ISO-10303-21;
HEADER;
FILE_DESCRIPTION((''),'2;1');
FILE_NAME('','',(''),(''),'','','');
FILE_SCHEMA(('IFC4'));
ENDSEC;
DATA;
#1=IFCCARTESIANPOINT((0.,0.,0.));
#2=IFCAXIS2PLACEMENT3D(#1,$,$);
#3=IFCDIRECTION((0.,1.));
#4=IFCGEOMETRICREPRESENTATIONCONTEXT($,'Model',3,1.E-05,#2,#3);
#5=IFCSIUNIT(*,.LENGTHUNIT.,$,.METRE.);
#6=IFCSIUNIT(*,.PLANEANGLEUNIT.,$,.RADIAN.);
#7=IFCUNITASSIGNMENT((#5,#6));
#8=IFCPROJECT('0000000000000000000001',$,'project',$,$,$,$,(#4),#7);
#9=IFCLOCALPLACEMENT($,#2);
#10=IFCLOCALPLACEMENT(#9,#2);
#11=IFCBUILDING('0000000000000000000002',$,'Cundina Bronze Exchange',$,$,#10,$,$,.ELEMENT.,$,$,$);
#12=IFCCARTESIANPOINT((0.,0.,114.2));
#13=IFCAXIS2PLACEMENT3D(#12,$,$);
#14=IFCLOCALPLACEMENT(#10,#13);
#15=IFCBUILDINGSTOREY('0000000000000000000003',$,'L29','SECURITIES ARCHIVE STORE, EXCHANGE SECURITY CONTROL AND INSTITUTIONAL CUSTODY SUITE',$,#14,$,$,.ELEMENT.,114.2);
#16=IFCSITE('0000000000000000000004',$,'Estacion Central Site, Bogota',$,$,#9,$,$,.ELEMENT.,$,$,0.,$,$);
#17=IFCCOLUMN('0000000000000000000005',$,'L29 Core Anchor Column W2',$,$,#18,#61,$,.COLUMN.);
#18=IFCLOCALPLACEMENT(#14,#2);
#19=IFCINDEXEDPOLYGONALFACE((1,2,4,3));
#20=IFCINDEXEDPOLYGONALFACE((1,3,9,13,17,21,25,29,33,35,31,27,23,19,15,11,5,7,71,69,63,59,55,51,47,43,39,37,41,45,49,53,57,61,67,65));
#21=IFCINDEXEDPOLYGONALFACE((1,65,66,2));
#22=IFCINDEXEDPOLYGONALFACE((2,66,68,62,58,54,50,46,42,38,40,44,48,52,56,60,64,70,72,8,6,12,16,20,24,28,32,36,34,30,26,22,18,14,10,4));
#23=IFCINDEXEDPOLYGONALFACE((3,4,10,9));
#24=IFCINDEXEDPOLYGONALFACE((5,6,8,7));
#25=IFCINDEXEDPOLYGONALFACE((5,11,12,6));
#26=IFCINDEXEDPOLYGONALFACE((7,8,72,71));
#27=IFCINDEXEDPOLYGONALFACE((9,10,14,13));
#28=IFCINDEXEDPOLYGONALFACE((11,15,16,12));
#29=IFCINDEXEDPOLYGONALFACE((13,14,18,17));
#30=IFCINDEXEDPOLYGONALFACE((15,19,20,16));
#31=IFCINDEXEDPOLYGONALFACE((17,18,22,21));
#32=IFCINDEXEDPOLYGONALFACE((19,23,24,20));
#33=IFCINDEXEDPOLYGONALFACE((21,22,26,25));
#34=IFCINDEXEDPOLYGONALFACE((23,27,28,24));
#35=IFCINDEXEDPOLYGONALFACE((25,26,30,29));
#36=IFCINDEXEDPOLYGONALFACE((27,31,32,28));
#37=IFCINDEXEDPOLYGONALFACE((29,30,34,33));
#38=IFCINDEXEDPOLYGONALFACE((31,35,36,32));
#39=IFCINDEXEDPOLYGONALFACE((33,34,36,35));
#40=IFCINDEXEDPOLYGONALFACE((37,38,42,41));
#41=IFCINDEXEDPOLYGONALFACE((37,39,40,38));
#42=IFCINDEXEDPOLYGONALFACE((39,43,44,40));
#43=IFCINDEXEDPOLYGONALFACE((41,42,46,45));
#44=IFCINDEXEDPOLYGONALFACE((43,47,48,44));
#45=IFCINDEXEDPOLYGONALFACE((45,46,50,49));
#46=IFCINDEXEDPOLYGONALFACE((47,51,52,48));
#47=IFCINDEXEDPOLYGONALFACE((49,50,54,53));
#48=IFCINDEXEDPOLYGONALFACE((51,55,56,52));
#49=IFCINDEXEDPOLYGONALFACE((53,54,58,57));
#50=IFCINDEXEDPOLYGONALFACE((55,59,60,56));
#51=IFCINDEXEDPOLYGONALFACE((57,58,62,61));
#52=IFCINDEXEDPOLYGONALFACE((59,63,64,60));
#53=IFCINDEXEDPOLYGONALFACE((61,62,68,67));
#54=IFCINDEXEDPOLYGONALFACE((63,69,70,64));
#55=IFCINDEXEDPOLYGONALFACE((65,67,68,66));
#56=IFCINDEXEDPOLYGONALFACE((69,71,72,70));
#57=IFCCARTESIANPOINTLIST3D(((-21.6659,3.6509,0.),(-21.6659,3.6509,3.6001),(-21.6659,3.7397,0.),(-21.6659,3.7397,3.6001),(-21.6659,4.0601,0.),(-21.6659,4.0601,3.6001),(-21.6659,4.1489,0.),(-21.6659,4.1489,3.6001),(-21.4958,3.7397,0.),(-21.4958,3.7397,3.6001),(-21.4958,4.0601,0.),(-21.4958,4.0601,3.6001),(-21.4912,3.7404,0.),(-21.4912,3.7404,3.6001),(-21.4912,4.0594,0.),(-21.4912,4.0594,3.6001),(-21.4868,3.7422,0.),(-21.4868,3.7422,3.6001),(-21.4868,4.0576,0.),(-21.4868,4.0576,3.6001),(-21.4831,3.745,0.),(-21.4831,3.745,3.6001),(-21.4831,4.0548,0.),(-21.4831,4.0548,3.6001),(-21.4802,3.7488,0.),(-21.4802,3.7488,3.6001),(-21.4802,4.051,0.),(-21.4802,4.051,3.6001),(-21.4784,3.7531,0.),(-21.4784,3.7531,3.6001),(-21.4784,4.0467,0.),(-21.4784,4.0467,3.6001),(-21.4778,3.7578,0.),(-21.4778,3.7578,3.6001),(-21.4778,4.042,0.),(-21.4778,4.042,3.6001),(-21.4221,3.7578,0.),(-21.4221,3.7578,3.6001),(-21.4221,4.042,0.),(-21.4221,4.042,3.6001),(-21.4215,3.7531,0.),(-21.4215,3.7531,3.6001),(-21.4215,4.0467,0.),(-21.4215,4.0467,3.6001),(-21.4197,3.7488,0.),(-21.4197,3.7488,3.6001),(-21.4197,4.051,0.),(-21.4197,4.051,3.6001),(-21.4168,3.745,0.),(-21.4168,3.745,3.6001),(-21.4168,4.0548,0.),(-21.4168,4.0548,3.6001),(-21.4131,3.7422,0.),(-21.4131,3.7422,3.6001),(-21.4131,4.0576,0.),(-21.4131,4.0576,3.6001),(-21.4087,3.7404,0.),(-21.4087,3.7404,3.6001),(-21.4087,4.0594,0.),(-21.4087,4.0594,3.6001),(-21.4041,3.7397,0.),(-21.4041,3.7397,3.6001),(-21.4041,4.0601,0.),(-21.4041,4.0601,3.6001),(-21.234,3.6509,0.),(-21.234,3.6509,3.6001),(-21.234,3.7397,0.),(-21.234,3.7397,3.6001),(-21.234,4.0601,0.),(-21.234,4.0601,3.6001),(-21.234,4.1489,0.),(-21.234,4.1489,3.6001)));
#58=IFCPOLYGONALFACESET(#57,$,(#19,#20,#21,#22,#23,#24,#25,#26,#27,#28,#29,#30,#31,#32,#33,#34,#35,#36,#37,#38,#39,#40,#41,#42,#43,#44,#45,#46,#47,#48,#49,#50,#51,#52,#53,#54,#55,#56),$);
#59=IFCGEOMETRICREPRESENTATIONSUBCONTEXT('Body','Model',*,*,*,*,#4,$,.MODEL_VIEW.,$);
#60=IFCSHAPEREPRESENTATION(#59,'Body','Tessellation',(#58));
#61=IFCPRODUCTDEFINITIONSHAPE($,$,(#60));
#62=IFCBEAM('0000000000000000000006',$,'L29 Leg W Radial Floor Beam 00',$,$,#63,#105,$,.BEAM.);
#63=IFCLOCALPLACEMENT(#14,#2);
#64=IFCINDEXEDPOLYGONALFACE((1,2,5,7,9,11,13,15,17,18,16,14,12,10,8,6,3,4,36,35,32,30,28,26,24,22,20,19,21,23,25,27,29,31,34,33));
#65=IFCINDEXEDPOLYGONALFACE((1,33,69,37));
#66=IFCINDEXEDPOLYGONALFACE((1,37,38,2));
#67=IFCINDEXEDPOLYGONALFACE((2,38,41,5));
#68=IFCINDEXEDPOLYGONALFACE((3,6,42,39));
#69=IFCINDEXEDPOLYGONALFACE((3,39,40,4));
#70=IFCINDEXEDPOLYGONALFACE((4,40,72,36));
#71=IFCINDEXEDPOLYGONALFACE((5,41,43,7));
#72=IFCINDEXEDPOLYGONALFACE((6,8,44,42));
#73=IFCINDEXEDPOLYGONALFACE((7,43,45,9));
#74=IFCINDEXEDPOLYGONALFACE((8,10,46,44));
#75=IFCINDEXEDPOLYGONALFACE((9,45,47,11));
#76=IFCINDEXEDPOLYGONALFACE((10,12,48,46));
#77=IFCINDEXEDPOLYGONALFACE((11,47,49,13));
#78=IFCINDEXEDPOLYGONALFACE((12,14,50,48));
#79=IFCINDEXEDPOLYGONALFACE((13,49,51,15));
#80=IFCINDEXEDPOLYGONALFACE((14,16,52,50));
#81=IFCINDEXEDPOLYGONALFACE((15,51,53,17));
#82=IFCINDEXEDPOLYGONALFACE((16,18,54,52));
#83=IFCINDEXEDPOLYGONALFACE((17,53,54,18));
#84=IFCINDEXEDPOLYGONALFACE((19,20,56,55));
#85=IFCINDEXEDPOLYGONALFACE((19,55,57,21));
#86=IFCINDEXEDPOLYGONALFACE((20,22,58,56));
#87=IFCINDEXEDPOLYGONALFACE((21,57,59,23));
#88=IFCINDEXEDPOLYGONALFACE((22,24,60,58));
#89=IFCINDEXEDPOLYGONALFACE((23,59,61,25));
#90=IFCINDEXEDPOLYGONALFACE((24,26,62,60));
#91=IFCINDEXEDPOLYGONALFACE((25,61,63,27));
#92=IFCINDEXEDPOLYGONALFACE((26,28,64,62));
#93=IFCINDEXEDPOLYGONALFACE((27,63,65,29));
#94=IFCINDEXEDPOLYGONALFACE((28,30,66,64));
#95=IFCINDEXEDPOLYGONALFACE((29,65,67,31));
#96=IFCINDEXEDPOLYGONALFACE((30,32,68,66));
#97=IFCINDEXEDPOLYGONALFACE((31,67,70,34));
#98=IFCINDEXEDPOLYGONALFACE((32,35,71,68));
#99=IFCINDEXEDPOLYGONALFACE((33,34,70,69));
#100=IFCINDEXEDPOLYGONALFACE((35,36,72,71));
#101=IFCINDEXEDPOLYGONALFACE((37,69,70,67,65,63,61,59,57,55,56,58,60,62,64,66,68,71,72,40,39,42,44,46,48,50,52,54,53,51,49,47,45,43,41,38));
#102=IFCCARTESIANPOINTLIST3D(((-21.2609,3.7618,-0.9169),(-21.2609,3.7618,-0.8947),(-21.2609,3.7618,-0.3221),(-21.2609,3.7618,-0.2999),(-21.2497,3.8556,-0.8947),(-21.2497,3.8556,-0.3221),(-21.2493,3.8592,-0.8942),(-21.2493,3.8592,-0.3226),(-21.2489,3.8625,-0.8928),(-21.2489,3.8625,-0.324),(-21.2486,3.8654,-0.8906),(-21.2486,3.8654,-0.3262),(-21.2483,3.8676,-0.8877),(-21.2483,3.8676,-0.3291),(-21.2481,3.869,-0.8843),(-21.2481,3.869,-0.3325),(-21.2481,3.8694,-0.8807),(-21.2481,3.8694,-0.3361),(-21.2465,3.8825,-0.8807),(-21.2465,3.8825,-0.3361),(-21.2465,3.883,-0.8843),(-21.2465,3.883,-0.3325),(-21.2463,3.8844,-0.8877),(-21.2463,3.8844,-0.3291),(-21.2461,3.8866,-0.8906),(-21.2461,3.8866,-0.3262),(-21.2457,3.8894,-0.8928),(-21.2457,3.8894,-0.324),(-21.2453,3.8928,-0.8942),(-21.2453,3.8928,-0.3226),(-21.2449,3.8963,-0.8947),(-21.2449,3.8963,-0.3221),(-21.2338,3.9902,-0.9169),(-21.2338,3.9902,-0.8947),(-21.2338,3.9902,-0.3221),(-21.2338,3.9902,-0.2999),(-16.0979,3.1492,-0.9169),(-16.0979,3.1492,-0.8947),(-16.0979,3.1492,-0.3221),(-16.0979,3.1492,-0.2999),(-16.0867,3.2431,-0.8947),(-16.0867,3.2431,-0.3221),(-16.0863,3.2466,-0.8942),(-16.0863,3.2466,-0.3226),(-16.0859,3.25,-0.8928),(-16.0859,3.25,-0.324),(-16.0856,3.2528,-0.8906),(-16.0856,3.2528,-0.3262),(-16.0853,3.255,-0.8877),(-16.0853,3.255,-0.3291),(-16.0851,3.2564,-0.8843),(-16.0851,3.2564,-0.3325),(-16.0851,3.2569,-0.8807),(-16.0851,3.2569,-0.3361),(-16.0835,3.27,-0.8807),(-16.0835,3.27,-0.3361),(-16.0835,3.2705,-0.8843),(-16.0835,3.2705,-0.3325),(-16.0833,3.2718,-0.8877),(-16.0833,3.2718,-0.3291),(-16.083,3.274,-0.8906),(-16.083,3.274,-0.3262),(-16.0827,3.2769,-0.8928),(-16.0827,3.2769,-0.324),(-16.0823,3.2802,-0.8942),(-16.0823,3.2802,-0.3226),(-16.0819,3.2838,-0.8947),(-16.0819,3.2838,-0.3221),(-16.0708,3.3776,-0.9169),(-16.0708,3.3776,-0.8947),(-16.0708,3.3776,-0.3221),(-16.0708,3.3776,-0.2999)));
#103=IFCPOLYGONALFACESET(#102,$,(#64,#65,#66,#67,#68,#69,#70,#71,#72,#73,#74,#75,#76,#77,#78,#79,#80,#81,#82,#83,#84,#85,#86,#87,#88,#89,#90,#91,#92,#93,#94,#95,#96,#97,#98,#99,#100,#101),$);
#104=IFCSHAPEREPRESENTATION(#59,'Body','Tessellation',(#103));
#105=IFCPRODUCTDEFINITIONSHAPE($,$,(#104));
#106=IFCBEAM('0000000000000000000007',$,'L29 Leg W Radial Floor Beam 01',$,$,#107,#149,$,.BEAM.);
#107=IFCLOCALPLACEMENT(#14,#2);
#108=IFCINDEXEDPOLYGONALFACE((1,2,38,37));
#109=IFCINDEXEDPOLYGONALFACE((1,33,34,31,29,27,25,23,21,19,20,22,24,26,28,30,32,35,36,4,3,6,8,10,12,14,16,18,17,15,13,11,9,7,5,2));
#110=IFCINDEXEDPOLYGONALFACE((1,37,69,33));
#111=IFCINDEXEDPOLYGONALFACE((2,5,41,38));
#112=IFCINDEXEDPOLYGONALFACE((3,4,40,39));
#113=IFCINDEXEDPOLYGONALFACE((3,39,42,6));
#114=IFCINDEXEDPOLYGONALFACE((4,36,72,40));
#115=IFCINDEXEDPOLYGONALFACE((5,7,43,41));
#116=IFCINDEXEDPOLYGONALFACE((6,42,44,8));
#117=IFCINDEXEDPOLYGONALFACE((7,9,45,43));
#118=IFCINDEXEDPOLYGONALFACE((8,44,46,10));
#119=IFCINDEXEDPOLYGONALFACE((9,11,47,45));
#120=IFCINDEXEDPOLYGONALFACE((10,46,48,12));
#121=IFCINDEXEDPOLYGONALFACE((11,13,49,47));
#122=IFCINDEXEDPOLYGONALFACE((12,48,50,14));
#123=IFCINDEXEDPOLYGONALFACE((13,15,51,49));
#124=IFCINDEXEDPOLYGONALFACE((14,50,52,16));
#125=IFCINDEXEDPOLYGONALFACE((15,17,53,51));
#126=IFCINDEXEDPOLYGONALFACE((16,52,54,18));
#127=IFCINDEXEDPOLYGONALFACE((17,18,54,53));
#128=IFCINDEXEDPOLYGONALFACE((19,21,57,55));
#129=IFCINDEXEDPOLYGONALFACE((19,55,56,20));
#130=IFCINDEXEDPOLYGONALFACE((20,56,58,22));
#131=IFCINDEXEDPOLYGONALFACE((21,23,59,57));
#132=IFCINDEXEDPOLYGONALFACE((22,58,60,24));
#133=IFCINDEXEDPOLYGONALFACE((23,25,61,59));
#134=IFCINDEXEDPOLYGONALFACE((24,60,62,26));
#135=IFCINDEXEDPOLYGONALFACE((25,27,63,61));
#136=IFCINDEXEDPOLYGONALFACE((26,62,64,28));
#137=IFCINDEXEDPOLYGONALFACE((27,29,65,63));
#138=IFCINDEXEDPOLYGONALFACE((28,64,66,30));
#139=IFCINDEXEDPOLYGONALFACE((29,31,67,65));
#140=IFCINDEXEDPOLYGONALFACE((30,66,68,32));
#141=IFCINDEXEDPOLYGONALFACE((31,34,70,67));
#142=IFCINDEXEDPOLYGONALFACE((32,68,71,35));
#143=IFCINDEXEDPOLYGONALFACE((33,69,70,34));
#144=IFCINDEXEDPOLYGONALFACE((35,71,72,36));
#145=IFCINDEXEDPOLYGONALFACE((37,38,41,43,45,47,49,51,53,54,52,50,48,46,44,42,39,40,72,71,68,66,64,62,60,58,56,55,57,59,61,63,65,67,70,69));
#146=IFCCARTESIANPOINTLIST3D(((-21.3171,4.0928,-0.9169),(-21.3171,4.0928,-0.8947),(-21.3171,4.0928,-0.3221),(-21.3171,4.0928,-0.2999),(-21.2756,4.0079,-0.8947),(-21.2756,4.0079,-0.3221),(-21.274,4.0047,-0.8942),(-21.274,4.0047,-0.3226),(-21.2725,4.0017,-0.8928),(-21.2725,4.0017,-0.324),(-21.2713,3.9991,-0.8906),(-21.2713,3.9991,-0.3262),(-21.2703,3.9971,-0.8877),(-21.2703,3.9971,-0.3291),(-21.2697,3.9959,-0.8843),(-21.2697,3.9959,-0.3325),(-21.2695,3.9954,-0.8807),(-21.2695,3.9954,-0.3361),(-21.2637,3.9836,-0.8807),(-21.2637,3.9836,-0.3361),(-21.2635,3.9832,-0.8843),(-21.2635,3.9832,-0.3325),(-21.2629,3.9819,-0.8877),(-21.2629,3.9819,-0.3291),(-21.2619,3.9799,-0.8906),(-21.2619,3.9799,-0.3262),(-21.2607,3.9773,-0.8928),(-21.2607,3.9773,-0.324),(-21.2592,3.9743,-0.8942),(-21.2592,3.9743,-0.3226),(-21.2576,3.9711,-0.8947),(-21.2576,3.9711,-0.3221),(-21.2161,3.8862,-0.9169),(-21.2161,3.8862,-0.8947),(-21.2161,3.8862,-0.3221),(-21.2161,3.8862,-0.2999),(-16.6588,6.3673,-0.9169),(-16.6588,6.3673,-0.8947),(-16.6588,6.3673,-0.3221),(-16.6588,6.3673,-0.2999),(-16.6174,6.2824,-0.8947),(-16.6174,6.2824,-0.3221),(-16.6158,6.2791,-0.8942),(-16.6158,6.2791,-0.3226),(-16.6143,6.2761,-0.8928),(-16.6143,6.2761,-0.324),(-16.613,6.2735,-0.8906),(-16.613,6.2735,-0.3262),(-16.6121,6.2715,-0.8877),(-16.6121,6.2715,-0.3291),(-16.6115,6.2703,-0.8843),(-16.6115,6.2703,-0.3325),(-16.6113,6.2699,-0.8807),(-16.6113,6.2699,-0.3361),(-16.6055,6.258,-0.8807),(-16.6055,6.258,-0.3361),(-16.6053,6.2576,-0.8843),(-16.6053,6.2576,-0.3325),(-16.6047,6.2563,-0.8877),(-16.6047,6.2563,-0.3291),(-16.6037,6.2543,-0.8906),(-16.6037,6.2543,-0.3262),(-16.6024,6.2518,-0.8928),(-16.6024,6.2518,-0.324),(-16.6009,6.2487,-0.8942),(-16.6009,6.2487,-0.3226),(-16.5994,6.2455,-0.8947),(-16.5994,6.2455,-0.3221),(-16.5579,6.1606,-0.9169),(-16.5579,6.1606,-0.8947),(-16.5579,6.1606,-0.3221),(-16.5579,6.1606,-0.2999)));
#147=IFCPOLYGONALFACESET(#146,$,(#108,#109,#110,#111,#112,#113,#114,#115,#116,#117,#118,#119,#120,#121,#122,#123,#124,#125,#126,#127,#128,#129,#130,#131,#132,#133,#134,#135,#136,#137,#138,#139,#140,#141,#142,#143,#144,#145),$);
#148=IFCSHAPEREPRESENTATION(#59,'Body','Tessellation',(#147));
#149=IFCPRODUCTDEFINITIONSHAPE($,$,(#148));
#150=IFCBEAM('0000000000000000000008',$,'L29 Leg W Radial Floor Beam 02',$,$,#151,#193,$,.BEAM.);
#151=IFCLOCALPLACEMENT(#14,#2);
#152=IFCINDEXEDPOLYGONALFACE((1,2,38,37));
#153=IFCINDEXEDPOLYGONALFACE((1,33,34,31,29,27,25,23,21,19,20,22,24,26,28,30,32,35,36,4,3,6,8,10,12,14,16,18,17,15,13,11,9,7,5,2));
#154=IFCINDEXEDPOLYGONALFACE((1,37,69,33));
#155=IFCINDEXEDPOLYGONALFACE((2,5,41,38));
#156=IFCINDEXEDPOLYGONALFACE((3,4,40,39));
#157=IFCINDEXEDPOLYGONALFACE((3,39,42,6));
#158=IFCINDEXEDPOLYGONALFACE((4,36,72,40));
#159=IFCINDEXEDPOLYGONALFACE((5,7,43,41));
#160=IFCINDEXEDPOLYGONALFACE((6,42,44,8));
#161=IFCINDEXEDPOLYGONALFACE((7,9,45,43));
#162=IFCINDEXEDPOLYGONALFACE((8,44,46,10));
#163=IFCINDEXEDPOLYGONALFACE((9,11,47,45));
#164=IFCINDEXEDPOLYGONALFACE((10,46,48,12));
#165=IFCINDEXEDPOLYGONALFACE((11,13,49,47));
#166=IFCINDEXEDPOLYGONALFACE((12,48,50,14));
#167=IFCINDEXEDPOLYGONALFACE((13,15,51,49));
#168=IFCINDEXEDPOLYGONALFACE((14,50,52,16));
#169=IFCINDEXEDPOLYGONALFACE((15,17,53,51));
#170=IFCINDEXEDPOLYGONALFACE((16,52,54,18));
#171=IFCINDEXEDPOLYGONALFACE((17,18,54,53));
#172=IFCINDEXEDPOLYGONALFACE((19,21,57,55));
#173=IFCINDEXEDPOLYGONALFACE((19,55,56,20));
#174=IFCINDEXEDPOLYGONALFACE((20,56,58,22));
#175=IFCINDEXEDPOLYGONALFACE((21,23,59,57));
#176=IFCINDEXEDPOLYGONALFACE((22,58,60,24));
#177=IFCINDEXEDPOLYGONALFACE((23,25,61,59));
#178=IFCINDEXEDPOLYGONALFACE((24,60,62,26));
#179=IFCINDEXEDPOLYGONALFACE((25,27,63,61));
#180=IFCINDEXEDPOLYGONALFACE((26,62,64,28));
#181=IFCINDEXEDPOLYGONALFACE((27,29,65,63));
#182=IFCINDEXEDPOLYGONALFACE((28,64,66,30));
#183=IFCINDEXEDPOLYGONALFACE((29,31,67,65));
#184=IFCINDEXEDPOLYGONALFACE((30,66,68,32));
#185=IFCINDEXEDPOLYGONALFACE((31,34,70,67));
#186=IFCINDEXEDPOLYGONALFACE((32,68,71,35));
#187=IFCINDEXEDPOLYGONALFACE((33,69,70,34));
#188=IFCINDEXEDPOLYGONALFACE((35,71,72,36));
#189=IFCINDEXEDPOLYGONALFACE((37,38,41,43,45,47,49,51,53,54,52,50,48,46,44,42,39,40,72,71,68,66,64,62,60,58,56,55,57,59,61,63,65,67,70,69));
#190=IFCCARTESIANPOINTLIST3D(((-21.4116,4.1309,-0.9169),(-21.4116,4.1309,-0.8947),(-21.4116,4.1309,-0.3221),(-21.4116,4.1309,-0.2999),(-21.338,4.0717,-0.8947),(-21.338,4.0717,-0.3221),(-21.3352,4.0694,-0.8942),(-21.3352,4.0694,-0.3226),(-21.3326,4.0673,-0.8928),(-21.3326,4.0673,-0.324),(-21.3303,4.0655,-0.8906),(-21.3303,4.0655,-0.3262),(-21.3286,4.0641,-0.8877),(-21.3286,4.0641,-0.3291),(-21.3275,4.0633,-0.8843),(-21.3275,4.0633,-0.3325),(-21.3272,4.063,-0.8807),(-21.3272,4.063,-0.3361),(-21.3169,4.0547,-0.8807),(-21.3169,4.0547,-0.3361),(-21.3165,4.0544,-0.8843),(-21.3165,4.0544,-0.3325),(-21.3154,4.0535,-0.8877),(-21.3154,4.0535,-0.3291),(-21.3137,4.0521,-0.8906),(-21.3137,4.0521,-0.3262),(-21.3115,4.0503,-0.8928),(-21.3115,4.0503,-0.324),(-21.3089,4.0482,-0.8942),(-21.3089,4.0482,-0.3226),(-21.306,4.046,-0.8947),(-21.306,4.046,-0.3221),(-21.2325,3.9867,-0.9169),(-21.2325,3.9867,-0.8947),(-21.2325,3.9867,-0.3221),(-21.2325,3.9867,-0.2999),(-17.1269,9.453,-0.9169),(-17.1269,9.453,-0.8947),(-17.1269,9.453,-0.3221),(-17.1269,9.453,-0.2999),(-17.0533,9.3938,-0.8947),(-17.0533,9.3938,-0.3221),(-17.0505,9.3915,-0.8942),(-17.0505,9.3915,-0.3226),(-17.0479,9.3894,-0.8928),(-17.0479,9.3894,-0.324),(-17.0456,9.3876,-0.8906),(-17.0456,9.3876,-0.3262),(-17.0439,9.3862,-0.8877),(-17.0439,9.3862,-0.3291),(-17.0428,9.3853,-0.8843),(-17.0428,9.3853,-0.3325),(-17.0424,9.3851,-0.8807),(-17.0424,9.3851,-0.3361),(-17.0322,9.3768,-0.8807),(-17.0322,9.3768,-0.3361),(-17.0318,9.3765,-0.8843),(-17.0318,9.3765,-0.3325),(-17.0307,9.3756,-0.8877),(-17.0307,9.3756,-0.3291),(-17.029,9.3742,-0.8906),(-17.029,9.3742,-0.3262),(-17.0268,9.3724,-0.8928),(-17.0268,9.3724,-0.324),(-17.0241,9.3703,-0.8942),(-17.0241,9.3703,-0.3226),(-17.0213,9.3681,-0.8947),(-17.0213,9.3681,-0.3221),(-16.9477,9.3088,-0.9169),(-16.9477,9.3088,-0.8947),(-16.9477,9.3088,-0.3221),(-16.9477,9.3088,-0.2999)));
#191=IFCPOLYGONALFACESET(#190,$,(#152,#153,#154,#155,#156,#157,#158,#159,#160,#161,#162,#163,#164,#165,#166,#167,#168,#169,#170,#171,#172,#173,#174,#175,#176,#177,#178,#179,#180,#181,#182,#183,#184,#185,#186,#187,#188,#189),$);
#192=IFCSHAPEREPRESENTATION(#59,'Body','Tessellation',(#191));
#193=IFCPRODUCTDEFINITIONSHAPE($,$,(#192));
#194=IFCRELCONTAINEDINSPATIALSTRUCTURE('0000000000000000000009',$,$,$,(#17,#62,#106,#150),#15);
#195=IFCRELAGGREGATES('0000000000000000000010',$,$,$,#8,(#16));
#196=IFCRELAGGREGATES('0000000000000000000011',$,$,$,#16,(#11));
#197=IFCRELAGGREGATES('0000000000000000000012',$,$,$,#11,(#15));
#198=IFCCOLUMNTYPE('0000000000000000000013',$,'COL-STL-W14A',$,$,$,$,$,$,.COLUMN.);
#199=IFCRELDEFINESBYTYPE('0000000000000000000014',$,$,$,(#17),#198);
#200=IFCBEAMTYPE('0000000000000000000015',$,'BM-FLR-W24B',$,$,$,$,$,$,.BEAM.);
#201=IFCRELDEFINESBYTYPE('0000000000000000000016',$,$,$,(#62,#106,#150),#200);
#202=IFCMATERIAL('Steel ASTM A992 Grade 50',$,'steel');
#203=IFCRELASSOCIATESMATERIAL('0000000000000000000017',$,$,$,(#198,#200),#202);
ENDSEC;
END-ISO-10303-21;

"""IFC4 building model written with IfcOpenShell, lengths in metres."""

from ifc_helpers import new_model, si_unit, direction, frame, origin, origin_2d, place, context, subcontext, project, spatial, i_section, extrude, material, material_profile, profile_set, type_object, element, save


model = new_model("IFC4")

# Units and contexts
model_context = context("Model", 3, precision=1e-05, world=origin(), true_north=direction((0.0, 1.0)))
body_context = subcontext(model_context, "Body", "Model", "MODEL_VIEW")
ifc_project = project(units=[si_unit("LENGTHUNIT", "METRE"), si_unit("PLANEANGLEUNIT", "RADIAN")], contexts=[model_context])

# Site, building, storey
site_placement = place(None, origin())
site = spatial("IfcSite", under=ifc_project, at=site_placement, Name="Estacion Central Site, Bogota", CompositionType="ELEMENT", RefElevation=0.0)
building_placement = place(site_placement, origin())
building = spatial("IfcBuilding", under=site, at=building_placement, Name="Cundina Bronze Exchange", CompositionType="ELEMENT")
storey_placement = place(building_placement, frame((0.0, 0.0, 114.2)))
storey = spatial("IfcBuildingStorey", under=building, at=storey_placement, Name="L29", Description="SECURITIES ARCHIVE STORE, EXCHANGE SECURITY CONTROL AND INSTITUTIONAL CUSTODY SUITE", CompositionType="ELEMENT", Elevation=114.2)

# Column
ifc_material_1 = material(Name="Steel ASTM A992 Grade 50", Category="steel")
ifc_material_profile_1 = material_profile(ifc_material_1, i_section(OverallWidth=0.4319, OverallDepth=0.498, WebThickness=0.0557, FlangeThickness=0.0889, FilletRadius=0.0181, at=origin_2d()), Name="W14X500", Category="steel")
ifc_profile_set_1 = profile_set([ifc_material_profile_1], Name="Steel ASTM A992 Grade 50")
column_type = type_object("IfcColumnType", Name="COL-STL-W14A", PredefinedType="COLUMN", material=ifc_profile_set_1)
column_placement = place(storey_placement, frame((-21.45, 3.8999, 0.0), z_axis=(0.0, 0.0, 1.0), x_axis=(1.0, 0.0, 0.0)))
element("IfcColumn", 1, at=column_placement, inside=storey, type_object=column_type, Name="L29 Core Anchor Column W2", PredefinedType="COLUMN", context=body_context, shape_type="SweptSolid", body=[
    extrude(i_section(OverallWidth=0.4319, OverallDepth=0.498, WebThickness=0.0557, FlangeThickness=0.0889, FilletRadius=0.0181, at=origin_2d()), origin(), (0.0, 0.0, 1.0), 3.6001),
])

# Beams
ifc_material_profile_2 = material_profile(ifc_material_1, i_section(OverallWidth=0.23, OverallDepth=0.6169, WebThickness=0.0132, FlangeThickness=0.0222, FilletRadius=0.0139, at=origin_2d()), Name="W24X94", Category="steel")
ifc_profile_set_2 = profile_set([ifc_material_profile_2], Name="Steel ASTM A992 Grade 50")
beam_type_1 = type_object("IfcBeamType", Name="BM-FLR-W24B", PredefinedType="BEAM", material=ifc_profile_set_2)
beam_1_placement = place(storey_placement, frame((-21.2473, 3.876, -0.6084), z_axis=(0.993036, -0.117814, 0.0), x_axis=(0.117814, 0.993036, 0.0)))
element("IfcBeam", 2, at=beam_1_placement, inside=storey, type_object=beam_type_1, Name="L29 Leg W Radial Floor Beam 00", PredefinedType="BEAM", context=body_context, shape_type="SweptSolid", body=[
    extrude(i_section(OverallWidth=0.23, OverallDepth=0.6169, WebThickness=0.0132, FlangeThickness=0.0222, FilletRadius=0.0139, at=origin_2d()), origin(), (0.0, 0.0, 1.0), 5.1992),
])
beam_2_placement = place(storey_placement, frame((-21.2666, 3.9895, -0.6084), z_axis=(0.898607, 0.438754, 0.0), x_axis=(-0.438754, 0.898607, 0.0)))
element("IfcBeam", 3, at=beam_2_placement, inside=storey, type_object=beam_type_1, Name="L29 Leg W Radial Floor Beam 01", PredefinedType="BEAM", context=body_context, shape_type="SweptSolid", body=[
    extrude(i_section(OverallWidth=0.23, OverallDepth=0.6169, WebThickness=0.0132, FlangeThickness=0.0222, FilletRadius=0.0139, at=origin_2d()), origin(), (0.0, 0.0, 1.0), 5.1838),
])
beam_3_placement = place(storey_placement, frame((-21.322, 4.0588, -0.6084), z_axis=(0.627106, 0.778934, 0.0), x_axis=(-0.778934, 0.627106, 0.0)))
element("IfcBeam", 4, at=beam_3_placement, inside=storey, type_object=beam_type_1, Name="L29 Leg W Radial Floor Beam 02", PredefinedType="BEAM", context=body_context, shape_type="SweptSolid", body=[
    extrude(i_section(OverallWidth=0.23, OverallDepth=0.6169, WebThickness=0.0132, FlangeThickness=0.0222, FilletRadius=0.0139, at=origin_2d()), origin(), (0.0, 0.0, 1.0), 6.8325),
])

save(model, "model.ifc")
